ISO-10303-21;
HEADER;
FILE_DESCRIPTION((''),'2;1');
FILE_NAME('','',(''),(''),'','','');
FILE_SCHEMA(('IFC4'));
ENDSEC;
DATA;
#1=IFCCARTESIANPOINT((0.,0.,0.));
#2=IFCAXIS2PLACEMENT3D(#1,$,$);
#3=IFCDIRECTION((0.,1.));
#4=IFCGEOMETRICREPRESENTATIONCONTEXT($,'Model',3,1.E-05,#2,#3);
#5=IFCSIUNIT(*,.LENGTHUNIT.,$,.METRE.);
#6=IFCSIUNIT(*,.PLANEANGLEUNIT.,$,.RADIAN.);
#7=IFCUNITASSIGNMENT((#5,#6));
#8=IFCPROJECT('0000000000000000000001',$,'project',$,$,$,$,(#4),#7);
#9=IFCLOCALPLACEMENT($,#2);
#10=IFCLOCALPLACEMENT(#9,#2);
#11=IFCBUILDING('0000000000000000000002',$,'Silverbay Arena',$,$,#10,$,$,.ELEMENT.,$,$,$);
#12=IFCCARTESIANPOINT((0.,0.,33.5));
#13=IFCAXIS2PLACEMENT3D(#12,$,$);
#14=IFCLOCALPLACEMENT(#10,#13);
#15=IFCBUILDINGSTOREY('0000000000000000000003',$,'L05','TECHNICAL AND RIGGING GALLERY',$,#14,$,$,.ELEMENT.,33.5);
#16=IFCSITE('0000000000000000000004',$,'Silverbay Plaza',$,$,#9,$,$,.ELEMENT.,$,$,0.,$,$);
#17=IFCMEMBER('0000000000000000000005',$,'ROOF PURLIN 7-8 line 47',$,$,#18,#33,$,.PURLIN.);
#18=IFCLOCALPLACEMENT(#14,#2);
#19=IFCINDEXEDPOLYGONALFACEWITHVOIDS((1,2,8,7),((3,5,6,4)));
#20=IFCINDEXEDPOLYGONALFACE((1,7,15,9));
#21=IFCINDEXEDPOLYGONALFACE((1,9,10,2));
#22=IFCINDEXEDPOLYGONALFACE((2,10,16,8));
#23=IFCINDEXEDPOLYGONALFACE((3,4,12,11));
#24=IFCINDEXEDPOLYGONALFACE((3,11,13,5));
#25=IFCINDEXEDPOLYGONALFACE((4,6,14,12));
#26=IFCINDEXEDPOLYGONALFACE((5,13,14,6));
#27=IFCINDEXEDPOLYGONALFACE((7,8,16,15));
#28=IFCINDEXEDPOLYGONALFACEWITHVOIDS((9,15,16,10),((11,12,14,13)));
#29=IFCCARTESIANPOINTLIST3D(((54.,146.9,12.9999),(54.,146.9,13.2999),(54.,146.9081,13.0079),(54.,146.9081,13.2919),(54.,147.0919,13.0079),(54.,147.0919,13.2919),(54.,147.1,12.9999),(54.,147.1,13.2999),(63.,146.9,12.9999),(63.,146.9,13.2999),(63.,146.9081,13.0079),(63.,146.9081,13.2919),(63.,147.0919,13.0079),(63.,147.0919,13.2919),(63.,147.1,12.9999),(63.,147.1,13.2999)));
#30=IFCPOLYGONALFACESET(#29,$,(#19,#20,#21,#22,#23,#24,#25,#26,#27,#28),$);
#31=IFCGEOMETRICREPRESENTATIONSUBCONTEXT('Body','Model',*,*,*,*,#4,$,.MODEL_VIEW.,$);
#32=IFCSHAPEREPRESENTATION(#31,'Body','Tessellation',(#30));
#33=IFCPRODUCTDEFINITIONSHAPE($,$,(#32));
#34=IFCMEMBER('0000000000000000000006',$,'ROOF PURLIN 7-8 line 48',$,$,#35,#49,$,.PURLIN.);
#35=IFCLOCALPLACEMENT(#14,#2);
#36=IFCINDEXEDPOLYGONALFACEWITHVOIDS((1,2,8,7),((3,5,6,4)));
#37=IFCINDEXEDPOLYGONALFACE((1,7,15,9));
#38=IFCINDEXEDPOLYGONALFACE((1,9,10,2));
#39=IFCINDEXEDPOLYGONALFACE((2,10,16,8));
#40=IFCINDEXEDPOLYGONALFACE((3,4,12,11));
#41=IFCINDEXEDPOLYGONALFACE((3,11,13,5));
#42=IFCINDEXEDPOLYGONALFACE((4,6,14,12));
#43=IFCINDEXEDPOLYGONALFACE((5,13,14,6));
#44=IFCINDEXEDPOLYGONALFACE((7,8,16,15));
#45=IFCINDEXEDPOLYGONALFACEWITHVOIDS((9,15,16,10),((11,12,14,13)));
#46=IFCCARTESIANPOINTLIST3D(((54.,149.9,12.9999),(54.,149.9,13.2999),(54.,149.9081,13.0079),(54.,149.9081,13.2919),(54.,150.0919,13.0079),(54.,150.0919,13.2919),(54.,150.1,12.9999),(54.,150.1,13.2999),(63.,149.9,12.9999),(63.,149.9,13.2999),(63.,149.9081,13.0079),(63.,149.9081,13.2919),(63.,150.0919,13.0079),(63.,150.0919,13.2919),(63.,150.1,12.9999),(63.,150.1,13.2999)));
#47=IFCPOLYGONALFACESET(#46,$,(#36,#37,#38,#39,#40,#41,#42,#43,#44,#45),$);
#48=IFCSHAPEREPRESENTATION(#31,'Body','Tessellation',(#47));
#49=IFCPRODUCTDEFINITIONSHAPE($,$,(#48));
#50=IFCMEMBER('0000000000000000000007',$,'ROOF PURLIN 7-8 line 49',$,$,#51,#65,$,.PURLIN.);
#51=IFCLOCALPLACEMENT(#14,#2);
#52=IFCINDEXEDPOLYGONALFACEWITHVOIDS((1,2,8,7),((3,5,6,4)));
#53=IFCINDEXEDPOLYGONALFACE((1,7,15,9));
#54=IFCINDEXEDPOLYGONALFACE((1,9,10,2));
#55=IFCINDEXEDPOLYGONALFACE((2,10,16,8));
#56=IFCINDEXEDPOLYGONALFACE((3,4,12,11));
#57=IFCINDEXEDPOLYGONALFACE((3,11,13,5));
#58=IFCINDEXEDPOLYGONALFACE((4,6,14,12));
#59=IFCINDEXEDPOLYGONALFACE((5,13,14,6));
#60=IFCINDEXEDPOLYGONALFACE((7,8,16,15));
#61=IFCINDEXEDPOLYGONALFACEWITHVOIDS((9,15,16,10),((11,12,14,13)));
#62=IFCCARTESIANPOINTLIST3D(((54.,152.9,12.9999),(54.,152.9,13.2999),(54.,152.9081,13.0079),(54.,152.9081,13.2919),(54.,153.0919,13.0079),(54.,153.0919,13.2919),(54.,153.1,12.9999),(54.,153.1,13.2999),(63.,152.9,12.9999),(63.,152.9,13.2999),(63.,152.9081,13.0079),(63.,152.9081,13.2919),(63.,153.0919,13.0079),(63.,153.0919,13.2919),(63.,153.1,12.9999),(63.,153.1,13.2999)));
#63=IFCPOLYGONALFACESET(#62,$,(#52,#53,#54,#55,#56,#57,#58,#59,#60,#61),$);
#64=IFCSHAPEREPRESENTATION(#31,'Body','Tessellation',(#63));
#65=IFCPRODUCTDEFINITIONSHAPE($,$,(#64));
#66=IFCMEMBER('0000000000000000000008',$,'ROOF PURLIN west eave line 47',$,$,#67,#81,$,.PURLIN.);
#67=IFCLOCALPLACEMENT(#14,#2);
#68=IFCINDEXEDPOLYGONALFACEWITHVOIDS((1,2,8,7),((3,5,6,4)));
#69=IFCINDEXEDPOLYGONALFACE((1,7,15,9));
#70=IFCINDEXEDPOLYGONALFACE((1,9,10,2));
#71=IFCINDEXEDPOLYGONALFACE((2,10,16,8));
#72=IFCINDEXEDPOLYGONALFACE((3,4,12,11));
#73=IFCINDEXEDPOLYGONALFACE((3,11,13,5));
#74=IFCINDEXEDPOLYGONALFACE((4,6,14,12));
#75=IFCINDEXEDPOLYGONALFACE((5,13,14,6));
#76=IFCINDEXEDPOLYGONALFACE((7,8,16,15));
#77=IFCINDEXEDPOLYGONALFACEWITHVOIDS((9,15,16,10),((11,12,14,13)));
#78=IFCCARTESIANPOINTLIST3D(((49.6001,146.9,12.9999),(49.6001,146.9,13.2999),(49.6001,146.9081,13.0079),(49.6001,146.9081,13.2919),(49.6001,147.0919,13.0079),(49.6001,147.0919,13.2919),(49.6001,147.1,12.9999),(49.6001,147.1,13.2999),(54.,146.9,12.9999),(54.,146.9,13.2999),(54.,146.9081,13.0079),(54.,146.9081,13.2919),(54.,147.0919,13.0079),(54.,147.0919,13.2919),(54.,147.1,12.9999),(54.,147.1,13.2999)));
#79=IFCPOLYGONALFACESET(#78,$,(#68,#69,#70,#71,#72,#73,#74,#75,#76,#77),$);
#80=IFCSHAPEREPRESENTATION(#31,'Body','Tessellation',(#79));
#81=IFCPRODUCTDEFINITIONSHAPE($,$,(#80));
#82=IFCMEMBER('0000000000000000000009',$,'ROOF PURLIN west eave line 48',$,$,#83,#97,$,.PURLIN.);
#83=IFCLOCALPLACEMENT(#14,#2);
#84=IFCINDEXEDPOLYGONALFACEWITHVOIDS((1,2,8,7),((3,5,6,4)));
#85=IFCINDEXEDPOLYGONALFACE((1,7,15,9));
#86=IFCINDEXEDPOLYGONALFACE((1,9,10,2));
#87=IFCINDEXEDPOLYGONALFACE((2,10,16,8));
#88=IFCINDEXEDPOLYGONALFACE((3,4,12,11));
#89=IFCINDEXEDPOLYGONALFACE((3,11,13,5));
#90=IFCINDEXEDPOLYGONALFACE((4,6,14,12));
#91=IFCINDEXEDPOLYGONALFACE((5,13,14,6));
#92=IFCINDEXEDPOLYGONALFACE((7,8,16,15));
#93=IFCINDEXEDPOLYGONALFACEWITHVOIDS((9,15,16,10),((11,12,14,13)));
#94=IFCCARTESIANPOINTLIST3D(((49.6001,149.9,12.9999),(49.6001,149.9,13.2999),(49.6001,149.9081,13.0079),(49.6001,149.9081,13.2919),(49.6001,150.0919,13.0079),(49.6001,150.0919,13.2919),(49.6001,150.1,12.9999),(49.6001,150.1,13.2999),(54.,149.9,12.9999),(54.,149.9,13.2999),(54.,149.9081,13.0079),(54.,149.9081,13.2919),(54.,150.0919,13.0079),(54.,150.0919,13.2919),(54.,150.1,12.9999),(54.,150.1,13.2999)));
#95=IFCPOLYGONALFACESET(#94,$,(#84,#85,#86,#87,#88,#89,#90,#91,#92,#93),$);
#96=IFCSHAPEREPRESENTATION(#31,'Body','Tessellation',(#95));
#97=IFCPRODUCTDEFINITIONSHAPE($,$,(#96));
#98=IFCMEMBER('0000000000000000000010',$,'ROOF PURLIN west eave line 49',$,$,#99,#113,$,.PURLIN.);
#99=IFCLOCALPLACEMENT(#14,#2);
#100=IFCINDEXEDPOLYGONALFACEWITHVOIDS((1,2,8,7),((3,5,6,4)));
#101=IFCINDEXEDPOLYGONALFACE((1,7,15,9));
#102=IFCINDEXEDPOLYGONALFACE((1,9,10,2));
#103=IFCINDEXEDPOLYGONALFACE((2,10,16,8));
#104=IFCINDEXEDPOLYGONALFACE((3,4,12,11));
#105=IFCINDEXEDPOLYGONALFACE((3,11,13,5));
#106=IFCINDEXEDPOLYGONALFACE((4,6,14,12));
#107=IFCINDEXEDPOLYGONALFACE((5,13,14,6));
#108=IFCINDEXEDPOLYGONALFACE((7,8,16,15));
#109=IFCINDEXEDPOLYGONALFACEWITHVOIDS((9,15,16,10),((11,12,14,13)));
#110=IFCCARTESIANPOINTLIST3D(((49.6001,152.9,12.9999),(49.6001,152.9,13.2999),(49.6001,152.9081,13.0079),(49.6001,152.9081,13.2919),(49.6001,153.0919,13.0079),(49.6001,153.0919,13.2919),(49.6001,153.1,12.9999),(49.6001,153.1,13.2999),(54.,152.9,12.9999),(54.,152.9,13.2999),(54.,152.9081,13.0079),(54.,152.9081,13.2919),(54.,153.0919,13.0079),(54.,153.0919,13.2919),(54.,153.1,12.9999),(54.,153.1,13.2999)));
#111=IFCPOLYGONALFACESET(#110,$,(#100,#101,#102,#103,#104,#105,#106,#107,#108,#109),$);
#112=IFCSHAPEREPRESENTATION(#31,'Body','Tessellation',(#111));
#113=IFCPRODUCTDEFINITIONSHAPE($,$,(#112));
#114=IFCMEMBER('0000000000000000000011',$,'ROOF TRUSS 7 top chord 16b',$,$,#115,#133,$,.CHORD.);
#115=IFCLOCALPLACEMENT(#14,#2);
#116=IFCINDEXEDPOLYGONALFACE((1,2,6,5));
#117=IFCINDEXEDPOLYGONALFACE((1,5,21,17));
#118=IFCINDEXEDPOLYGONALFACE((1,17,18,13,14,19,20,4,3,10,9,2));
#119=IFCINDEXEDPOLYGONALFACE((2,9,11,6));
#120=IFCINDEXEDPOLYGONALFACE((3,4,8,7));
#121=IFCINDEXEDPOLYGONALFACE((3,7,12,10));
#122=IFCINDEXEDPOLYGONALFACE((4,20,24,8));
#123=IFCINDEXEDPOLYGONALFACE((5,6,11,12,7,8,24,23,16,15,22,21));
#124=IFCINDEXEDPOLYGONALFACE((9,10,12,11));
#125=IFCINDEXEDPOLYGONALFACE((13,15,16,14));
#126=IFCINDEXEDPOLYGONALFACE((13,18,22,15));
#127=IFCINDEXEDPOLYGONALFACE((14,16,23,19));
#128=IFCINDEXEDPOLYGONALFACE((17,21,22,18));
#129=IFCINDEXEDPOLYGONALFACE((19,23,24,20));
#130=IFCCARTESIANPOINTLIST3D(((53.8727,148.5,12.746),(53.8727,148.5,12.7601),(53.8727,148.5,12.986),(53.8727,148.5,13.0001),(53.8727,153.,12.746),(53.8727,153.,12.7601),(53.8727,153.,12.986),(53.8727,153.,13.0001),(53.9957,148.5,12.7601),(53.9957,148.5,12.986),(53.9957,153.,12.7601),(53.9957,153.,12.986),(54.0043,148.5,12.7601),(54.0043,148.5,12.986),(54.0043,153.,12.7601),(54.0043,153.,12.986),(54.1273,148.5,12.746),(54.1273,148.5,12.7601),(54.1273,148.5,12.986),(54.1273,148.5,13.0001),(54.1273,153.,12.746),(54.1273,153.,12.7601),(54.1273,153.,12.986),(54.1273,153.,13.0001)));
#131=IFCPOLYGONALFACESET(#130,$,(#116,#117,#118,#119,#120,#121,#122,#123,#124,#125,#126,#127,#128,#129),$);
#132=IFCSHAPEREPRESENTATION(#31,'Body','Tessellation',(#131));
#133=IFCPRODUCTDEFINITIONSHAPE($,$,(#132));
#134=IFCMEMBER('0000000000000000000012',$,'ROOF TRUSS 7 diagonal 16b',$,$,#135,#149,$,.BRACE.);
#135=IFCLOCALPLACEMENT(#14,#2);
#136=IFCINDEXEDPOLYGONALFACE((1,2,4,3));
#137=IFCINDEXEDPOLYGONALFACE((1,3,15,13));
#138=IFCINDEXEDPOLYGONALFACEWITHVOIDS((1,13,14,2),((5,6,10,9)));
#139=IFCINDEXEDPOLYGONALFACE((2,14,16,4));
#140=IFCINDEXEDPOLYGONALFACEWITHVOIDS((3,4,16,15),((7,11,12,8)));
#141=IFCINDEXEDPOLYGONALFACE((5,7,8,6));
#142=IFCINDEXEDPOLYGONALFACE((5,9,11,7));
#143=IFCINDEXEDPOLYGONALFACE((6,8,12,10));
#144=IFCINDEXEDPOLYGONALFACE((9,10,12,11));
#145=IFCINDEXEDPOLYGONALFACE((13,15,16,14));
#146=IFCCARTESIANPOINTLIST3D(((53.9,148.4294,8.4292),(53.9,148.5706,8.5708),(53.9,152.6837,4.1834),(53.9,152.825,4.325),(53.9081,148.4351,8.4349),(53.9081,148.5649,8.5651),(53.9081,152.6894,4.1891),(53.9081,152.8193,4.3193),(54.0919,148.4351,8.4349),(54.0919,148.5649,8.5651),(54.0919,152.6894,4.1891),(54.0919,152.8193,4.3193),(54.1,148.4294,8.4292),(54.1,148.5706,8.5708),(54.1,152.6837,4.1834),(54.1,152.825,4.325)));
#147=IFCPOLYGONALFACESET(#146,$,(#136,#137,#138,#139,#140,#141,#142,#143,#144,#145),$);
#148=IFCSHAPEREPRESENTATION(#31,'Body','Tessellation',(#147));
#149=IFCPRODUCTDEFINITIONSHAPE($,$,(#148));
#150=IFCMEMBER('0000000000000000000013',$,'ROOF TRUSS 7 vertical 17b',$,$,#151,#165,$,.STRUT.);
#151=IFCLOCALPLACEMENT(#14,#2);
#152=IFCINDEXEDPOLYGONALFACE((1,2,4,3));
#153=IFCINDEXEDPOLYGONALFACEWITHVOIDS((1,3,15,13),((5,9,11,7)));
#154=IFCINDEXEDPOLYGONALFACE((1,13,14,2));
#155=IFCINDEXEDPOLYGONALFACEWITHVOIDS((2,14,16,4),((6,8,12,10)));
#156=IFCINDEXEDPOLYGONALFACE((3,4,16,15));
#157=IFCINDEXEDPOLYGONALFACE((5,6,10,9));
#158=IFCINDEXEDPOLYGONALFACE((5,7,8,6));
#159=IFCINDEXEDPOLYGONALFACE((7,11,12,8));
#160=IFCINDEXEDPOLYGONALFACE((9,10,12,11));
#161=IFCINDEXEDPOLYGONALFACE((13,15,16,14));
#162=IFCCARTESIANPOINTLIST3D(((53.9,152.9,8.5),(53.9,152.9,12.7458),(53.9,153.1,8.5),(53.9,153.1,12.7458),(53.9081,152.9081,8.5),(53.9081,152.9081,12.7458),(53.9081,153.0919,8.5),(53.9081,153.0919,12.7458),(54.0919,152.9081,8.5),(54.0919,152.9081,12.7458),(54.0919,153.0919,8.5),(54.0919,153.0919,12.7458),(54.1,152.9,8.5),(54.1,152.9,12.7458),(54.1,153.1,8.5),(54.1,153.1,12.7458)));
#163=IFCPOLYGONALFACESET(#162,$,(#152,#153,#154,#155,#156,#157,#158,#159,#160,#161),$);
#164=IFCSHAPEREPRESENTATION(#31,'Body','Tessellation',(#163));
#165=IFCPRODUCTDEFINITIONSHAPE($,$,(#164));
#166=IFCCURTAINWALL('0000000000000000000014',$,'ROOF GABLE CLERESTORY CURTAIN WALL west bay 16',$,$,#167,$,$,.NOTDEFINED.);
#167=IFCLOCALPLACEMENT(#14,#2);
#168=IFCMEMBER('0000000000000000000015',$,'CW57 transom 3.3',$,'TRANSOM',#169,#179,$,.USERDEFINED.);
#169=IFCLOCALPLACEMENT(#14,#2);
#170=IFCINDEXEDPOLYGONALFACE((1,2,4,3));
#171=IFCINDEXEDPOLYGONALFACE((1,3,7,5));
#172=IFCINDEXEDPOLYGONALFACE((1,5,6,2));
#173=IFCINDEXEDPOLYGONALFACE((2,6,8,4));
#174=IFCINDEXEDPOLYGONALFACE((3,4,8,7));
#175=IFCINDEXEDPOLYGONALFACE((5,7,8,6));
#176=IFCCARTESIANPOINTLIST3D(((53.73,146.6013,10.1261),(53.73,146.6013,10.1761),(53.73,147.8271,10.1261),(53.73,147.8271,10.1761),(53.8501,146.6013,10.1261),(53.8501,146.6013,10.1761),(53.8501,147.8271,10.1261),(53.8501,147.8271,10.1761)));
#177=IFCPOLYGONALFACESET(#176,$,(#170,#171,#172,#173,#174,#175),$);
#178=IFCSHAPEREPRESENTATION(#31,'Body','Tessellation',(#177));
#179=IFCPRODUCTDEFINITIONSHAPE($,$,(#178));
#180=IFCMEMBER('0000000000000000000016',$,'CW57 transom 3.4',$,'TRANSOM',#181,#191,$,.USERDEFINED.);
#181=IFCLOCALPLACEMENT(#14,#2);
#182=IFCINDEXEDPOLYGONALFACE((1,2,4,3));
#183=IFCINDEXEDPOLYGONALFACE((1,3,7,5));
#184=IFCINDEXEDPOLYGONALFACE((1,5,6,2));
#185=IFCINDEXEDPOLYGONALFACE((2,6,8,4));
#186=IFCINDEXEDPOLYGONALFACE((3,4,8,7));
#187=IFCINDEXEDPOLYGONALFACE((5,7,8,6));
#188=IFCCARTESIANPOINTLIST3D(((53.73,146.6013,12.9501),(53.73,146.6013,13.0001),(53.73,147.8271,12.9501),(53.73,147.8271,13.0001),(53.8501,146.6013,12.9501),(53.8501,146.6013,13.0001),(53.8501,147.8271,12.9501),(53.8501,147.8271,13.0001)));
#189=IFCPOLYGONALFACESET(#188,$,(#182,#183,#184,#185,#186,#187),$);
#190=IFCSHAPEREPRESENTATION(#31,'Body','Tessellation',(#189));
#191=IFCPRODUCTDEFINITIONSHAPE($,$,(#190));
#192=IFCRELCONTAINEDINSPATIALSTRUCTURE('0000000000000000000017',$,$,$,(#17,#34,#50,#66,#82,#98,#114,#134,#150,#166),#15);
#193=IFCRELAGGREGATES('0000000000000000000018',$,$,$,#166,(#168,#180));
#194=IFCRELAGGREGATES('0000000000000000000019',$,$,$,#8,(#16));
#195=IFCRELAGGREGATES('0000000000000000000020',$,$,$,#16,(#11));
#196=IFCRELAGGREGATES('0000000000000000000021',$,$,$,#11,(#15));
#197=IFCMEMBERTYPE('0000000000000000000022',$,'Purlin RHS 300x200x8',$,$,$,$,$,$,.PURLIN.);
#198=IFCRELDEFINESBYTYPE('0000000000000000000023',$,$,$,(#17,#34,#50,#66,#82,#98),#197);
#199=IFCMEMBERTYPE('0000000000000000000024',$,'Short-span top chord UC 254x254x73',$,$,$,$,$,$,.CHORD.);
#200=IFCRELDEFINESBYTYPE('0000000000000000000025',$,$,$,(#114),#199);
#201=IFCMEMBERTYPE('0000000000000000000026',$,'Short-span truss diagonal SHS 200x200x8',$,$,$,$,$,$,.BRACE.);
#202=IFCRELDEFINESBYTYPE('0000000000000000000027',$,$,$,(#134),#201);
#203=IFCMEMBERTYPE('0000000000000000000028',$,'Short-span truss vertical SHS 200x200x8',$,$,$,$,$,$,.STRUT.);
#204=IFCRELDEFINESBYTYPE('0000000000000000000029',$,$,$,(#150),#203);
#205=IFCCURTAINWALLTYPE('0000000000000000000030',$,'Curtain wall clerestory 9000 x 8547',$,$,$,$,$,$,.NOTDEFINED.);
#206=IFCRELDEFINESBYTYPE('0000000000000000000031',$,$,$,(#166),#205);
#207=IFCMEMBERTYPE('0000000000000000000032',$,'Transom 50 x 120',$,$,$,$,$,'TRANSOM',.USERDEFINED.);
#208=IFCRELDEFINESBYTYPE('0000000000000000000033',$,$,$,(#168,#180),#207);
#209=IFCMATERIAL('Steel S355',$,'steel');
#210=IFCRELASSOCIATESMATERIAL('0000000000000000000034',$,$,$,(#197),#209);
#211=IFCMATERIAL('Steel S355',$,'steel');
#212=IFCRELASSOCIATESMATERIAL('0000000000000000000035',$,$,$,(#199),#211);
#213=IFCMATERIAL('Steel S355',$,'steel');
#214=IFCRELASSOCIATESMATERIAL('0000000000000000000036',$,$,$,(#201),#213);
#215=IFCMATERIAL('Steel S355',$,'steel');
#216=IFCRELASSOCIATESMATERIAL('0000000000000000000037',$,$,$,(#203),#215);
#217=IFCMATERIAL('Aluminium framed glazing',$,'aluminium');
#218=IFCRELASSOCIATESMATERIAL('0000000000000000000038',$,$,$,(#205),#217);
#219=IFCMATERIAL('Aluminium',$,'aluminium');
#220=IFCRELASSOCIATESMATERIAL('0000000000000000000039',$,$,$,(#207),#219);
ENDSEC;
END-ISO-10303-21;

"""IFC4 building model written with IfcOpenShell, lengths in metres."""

from ifc_helpers import new_model, si_unit, direction, frame, origin, origin_2d, place, context, subcontext, project, spatial, rectangle, hollow_rectangle, i_section, extrude, material, material_profile, profile_set, type_object, element, aggregate, save


model = new_model("IFC4")

# Units and contexts
model_context = context("Model", 3, precision=1e-05, world=origin(), true_north=direction((0.0, 1.0)))
body_context = subcontext(model_context, "Body", "Model", "MODEL_VIEW")
ifc_project = project(units=[si_unit("LENGTHUNIT", "METRE"), si_unit("PLANEANGLEUNIT", "RADIAN")], contexts=[model_context])

# Site, building, storey
site_placement = place(None, origin())
site = spatial("IfcSite", under=ifc_project, at=site_placement, Name="Silverbay Plaza", CompositionType="ELEMENT", RefElevation=0.0)
building_placement = place(site_placement, origin())
building = spatial("IfcBuilding", under=site, at=building_placement, Name="Silverbay Arena", CompositionType="ELEMENT")
storey_placement = place(building_placement, frame((0.0, 0.0, 33.5)))
storey = spatial("IfcBuildingStorey", under=building, at=storey_placement, Name="L05", Description="TECHNICAL AND RIGGING GALLERY", CompositionType="ELEMENT", Elevation=33.5)

# Members
ifc_material_1 = material(Name="Steel S355", Category="steel")
ifc_material_profile_1 = material_profile(ifc_material_1, hollow_rectangle(XDim=0.2, YDim=0.3, WallThickness=0.0081, at=origin_2d()), Name="RHS 300x200x8")
ifc_profile_set_1 = profile_set([ifc_material_profile_1], Name="Steel S355")
member_type_1 = type_object("IfcMemberType", Name="Purlin RHS 300x200x8", PredefinedType="PURLIN", material=ifc_profile_set_1)
for number, where, z_axis, x_axis, name in (
    (1, (54.0, 147.0, 13.1499), (1.0, 0.0, 0.0), (0.0, 1.0, 0.0), "ROOF PURLIN 7-8 line 47"),
    (2, (54.0, 150.0, 13.1499), (1.0, 0.0, 0.0), (0.0, 1.0, 0.0), "ROOF PURLIN 7-8 line 48"),
    (3, (54.0, 153.0, 13.1499), (1.0, 0.0, 0.0), (0.0, 1.0, 0.0), "ROOF PURLIN 7-8 line 49"),
):
    element("IfcMember", number, at=place(storey_placement, frame(where, z_axis=z_axis, x_axis=x_axis)), inside=storey, type_object=member_type_1, Name=name, PredefinedType="PURLIN", context=body_context, shape_type="SweptSolid", body=[
        extrude(hollow_rectangle(XDim=0.2, YDim=0.3, WallThickness=0.0081, at=origin_2d()), origin(), (0.0, 0.0, 1.0), 9.0),
    ])
for number, where, z_axis, x_axis, name in (
    (4, (49.6001, 147.0, 13.1499), (1.0, 0.0, 0.0), (0.0, 1.0, 0.0), "ROOF PURLIN west eave line 47"),
    (5, (49.6001, 150.0, 13.1499), (1.0, 0.0, 0.0), (0.0, 1.0, 0.0), "ROOF PURLIN west eave line 48"),
    (6, (49.6001, 153.0, 13.1499), (1.0, 0.0, 0.0), (0.0, 1.0, 0.0), "ROOF PURLIN west eave line 49"),
):
    element("IfcMember", number, at=place(storey_placement, frame(where, z_axis=z_axis, x_axis=x_axis)), inside=storey, type_object=member_type_1, Name=name, PredefinedType="PURLIN", context=body_context, shape_type="SweptSolid", body=[
        extrude(hollow_rectangle(XDim=0.2, YDim=0.3, WallThickness=0.0081, at=origin_2d()), origin(), (0.0, 0.0, 1.0), 4.3999),
    ])
ifc_material_2 = material(Name="Steel S355", Category="steel")
ifc_material_profile_2 = material_profile(ifc_material_2, i_section(OverallWidth=0.2546, OverallDepth=0.2542, WebThickness=0.0085, FlangeThickness=0.0142, at=origin_2d()), Name="UC 254x254x73")
ifc_profile_set_2 = profile_set([ifc_material_profile_2], Name="Steel S355")
member_type_2 = type_object("IfcMemberType", Name="Short-span top chord UC 254x254x73", PredefinedType="CHORD", material=ifc_profile_set_2)
member_1_placement = place(storey_placement, frame((54.0, 148.5, 12.873), z_axis=(0.0, 1.0, 0.0), x_axis=(-1.0, 0.0, 0.0)))
element("IfcMember", 7, at=member_1_placement, inside=storey, type_object=member_type_2, Name="ROOF TRUSS 7 top chord 16b", PredefinedType="CHORD", context=body_context, shape_type="SweptSolid", body=[
    extrude(i_section(OverallWidth=0.2546, OverallDepth=0.2542, WebThickness=0.0085, FlangeThickness=0.0142, at=origin_2d()), origin(), (0.0, 0.0, 1.0), 4.5),
])
ifc_material_3 = material(Name="Steel S355", Category="steel")
ifc_material_profile_3 = material_profile(ifc_material_3, hollow_rectangle(XDim=0.2, YDim=0.2, WallThickness=0.0081, at=origin_2d()), Name="SHS 200x200x8")
ifc_profile_set_3 = profile_set([ifc_material_profile_3], Name="Steel S355")
member_type_3 = type_object("IfcMemberType", Name="Short-span truss diagonal SHS 200x200x8", PredefinedType="BRACE", material=ifc_profile_set_3)
member_2_placement = place(storey_placement, frame((54.0, 148.5, 8.5), z_axis=(0.0, 0.707817, -0.706396), x_axis=(-1.0, 0.0, 0.0)))
element("IfcMember", 8, at=member_2_placement, inside=storey, type_object=member_type_3, Name="ROOF TRUSS 7 diagonal 16b", PredefinedType="BRACE", context=body_context, shape_type="SweptSolid", body=[
    extrude(hollow_rectangle(XDim=0.2, YDim=0.2, WallThickness=0.0081, at=origin_2d()), origin(), (0.0, 0.0, 1.0), 6.0105),
])
ifc_material_4 = material(Name="Steel S355", Category="steel")
ifc_material_profile_4 = material_profile(ifc_material_4, hollow_rectangle(XDim=0.2, YDim=0.2, WallThickness=0.0081, at=origin_2d()), Name="SHS 200x200x8")
ifc_profile_set_4 = profile_set([ifc_material_profile_4], Name="Steel S355")
member_type_4 = type_object("IfcMemberType", Name="Short-span truss vertical SHS 200x200x8", PredefinedType="STRUT", material=ifc_profile_set_4)
member_3_placement = place(storey_placement, frame((54.0, 153.0, 8.5), z_axis=(0.0, 0.0, 1.0), x_axis=(1.0, 0.0, 0.0)))
element("IfcMember", 9, at=member_3_placement, inside=storey, type_object=member_type_4, Name="ROOF TRUSS 7 vertical 17b", PredefinedType="STRUT", context=body_context, shape_type="SweptSolid", body=[
    extrude(hollow_rectangle(XDim=0.2, YDim=0.2, WallThickness=0.0081, at=origin_2d()), origin(), (0.0, 0.0, 1.0), 4.2458),
])

# Curtain wall, members
ifc_material_5 = material(Name="Aluminium framed glazing", Category="aluminium")
curtain_wall_type = type_object("IfcCurtainWallType", Name="Curtain wall clerestory 9000 x 8547", PredefinedType="NOTDEFINED", material=ifc_material_5)
curtain_wall_placement = place(storey_placement, origin())
curtain_wall = element("IfcCurtainWall", 10, at=curtain_wall_placement, inside=storey, type_object=curtain_wall_type, Name="ROOF GABLE CLERESTORY CURTAIN WALL west bay 16", PredefinedType="NOTDEFINED")
ifc_material_6 = material(Name="Aluminium", Category="aluminium")
ifc_material_profile_5 = material_profile(ifc_material_6, rectangle(XDim=0.1201, YDim=0.05, at=origin_2d()), Name="Transom 50 x 120")
ifc_profile_set_5 = profile_set([ifc_material_profile_5], Name="Aluminium")
member_type_5 = type_object("IfcMemberType", Name="Transom 50 x 120", ElementType="TRANSOM", PredefinedType="USERDEFINED", material=ifc_profile_set_5)
member_4_placement = place(storey_placement, frame((53.79, 146.6013, 10.1511), z_axis=(0.0, 1.0, 0.0), x_axis=(-1.0, 0.0, 0.0)))
member_4 = element("IfcMember", 11, at=member_4_placement, type_object=member_type_5, Name="CW57 transom 3.3", ObjectType="TRANSOM", PredefinedType="USERDEFINED", context=body_context, shape_type="SweptSolid", body=[
    extrude(rectangle(XDim=0.1201, YDim=0.05, at=origin_2d()), origin(), (0.0, 0.0, 1.0), 1.2258),
])
member_5_placement = place(storey_placement, frame((53.79, 146.6013, 12.9751), z_axis=(0.0, 1.0, 0.0), x_axis=(-1.0, 0.0, 0.0)))
member_5 = element("IfcMember", 12, at=member_5_placement, type_object=member_type_5, Name="CW57 transom 3.4", ObjectType="TRANSOM", PredefinedType="USERDEFINED", context=body_context, shape_type="SweptSolid", body=[
    extrude(rectangle(XDim=0.1201, YDim=0.05, at=origin_2d()), origin(), (0.0, 0.0, 1.0), 1.2258),
])
aggregate(curtain_wall, [member_4, member_5])

save(model, "model.ifc")
